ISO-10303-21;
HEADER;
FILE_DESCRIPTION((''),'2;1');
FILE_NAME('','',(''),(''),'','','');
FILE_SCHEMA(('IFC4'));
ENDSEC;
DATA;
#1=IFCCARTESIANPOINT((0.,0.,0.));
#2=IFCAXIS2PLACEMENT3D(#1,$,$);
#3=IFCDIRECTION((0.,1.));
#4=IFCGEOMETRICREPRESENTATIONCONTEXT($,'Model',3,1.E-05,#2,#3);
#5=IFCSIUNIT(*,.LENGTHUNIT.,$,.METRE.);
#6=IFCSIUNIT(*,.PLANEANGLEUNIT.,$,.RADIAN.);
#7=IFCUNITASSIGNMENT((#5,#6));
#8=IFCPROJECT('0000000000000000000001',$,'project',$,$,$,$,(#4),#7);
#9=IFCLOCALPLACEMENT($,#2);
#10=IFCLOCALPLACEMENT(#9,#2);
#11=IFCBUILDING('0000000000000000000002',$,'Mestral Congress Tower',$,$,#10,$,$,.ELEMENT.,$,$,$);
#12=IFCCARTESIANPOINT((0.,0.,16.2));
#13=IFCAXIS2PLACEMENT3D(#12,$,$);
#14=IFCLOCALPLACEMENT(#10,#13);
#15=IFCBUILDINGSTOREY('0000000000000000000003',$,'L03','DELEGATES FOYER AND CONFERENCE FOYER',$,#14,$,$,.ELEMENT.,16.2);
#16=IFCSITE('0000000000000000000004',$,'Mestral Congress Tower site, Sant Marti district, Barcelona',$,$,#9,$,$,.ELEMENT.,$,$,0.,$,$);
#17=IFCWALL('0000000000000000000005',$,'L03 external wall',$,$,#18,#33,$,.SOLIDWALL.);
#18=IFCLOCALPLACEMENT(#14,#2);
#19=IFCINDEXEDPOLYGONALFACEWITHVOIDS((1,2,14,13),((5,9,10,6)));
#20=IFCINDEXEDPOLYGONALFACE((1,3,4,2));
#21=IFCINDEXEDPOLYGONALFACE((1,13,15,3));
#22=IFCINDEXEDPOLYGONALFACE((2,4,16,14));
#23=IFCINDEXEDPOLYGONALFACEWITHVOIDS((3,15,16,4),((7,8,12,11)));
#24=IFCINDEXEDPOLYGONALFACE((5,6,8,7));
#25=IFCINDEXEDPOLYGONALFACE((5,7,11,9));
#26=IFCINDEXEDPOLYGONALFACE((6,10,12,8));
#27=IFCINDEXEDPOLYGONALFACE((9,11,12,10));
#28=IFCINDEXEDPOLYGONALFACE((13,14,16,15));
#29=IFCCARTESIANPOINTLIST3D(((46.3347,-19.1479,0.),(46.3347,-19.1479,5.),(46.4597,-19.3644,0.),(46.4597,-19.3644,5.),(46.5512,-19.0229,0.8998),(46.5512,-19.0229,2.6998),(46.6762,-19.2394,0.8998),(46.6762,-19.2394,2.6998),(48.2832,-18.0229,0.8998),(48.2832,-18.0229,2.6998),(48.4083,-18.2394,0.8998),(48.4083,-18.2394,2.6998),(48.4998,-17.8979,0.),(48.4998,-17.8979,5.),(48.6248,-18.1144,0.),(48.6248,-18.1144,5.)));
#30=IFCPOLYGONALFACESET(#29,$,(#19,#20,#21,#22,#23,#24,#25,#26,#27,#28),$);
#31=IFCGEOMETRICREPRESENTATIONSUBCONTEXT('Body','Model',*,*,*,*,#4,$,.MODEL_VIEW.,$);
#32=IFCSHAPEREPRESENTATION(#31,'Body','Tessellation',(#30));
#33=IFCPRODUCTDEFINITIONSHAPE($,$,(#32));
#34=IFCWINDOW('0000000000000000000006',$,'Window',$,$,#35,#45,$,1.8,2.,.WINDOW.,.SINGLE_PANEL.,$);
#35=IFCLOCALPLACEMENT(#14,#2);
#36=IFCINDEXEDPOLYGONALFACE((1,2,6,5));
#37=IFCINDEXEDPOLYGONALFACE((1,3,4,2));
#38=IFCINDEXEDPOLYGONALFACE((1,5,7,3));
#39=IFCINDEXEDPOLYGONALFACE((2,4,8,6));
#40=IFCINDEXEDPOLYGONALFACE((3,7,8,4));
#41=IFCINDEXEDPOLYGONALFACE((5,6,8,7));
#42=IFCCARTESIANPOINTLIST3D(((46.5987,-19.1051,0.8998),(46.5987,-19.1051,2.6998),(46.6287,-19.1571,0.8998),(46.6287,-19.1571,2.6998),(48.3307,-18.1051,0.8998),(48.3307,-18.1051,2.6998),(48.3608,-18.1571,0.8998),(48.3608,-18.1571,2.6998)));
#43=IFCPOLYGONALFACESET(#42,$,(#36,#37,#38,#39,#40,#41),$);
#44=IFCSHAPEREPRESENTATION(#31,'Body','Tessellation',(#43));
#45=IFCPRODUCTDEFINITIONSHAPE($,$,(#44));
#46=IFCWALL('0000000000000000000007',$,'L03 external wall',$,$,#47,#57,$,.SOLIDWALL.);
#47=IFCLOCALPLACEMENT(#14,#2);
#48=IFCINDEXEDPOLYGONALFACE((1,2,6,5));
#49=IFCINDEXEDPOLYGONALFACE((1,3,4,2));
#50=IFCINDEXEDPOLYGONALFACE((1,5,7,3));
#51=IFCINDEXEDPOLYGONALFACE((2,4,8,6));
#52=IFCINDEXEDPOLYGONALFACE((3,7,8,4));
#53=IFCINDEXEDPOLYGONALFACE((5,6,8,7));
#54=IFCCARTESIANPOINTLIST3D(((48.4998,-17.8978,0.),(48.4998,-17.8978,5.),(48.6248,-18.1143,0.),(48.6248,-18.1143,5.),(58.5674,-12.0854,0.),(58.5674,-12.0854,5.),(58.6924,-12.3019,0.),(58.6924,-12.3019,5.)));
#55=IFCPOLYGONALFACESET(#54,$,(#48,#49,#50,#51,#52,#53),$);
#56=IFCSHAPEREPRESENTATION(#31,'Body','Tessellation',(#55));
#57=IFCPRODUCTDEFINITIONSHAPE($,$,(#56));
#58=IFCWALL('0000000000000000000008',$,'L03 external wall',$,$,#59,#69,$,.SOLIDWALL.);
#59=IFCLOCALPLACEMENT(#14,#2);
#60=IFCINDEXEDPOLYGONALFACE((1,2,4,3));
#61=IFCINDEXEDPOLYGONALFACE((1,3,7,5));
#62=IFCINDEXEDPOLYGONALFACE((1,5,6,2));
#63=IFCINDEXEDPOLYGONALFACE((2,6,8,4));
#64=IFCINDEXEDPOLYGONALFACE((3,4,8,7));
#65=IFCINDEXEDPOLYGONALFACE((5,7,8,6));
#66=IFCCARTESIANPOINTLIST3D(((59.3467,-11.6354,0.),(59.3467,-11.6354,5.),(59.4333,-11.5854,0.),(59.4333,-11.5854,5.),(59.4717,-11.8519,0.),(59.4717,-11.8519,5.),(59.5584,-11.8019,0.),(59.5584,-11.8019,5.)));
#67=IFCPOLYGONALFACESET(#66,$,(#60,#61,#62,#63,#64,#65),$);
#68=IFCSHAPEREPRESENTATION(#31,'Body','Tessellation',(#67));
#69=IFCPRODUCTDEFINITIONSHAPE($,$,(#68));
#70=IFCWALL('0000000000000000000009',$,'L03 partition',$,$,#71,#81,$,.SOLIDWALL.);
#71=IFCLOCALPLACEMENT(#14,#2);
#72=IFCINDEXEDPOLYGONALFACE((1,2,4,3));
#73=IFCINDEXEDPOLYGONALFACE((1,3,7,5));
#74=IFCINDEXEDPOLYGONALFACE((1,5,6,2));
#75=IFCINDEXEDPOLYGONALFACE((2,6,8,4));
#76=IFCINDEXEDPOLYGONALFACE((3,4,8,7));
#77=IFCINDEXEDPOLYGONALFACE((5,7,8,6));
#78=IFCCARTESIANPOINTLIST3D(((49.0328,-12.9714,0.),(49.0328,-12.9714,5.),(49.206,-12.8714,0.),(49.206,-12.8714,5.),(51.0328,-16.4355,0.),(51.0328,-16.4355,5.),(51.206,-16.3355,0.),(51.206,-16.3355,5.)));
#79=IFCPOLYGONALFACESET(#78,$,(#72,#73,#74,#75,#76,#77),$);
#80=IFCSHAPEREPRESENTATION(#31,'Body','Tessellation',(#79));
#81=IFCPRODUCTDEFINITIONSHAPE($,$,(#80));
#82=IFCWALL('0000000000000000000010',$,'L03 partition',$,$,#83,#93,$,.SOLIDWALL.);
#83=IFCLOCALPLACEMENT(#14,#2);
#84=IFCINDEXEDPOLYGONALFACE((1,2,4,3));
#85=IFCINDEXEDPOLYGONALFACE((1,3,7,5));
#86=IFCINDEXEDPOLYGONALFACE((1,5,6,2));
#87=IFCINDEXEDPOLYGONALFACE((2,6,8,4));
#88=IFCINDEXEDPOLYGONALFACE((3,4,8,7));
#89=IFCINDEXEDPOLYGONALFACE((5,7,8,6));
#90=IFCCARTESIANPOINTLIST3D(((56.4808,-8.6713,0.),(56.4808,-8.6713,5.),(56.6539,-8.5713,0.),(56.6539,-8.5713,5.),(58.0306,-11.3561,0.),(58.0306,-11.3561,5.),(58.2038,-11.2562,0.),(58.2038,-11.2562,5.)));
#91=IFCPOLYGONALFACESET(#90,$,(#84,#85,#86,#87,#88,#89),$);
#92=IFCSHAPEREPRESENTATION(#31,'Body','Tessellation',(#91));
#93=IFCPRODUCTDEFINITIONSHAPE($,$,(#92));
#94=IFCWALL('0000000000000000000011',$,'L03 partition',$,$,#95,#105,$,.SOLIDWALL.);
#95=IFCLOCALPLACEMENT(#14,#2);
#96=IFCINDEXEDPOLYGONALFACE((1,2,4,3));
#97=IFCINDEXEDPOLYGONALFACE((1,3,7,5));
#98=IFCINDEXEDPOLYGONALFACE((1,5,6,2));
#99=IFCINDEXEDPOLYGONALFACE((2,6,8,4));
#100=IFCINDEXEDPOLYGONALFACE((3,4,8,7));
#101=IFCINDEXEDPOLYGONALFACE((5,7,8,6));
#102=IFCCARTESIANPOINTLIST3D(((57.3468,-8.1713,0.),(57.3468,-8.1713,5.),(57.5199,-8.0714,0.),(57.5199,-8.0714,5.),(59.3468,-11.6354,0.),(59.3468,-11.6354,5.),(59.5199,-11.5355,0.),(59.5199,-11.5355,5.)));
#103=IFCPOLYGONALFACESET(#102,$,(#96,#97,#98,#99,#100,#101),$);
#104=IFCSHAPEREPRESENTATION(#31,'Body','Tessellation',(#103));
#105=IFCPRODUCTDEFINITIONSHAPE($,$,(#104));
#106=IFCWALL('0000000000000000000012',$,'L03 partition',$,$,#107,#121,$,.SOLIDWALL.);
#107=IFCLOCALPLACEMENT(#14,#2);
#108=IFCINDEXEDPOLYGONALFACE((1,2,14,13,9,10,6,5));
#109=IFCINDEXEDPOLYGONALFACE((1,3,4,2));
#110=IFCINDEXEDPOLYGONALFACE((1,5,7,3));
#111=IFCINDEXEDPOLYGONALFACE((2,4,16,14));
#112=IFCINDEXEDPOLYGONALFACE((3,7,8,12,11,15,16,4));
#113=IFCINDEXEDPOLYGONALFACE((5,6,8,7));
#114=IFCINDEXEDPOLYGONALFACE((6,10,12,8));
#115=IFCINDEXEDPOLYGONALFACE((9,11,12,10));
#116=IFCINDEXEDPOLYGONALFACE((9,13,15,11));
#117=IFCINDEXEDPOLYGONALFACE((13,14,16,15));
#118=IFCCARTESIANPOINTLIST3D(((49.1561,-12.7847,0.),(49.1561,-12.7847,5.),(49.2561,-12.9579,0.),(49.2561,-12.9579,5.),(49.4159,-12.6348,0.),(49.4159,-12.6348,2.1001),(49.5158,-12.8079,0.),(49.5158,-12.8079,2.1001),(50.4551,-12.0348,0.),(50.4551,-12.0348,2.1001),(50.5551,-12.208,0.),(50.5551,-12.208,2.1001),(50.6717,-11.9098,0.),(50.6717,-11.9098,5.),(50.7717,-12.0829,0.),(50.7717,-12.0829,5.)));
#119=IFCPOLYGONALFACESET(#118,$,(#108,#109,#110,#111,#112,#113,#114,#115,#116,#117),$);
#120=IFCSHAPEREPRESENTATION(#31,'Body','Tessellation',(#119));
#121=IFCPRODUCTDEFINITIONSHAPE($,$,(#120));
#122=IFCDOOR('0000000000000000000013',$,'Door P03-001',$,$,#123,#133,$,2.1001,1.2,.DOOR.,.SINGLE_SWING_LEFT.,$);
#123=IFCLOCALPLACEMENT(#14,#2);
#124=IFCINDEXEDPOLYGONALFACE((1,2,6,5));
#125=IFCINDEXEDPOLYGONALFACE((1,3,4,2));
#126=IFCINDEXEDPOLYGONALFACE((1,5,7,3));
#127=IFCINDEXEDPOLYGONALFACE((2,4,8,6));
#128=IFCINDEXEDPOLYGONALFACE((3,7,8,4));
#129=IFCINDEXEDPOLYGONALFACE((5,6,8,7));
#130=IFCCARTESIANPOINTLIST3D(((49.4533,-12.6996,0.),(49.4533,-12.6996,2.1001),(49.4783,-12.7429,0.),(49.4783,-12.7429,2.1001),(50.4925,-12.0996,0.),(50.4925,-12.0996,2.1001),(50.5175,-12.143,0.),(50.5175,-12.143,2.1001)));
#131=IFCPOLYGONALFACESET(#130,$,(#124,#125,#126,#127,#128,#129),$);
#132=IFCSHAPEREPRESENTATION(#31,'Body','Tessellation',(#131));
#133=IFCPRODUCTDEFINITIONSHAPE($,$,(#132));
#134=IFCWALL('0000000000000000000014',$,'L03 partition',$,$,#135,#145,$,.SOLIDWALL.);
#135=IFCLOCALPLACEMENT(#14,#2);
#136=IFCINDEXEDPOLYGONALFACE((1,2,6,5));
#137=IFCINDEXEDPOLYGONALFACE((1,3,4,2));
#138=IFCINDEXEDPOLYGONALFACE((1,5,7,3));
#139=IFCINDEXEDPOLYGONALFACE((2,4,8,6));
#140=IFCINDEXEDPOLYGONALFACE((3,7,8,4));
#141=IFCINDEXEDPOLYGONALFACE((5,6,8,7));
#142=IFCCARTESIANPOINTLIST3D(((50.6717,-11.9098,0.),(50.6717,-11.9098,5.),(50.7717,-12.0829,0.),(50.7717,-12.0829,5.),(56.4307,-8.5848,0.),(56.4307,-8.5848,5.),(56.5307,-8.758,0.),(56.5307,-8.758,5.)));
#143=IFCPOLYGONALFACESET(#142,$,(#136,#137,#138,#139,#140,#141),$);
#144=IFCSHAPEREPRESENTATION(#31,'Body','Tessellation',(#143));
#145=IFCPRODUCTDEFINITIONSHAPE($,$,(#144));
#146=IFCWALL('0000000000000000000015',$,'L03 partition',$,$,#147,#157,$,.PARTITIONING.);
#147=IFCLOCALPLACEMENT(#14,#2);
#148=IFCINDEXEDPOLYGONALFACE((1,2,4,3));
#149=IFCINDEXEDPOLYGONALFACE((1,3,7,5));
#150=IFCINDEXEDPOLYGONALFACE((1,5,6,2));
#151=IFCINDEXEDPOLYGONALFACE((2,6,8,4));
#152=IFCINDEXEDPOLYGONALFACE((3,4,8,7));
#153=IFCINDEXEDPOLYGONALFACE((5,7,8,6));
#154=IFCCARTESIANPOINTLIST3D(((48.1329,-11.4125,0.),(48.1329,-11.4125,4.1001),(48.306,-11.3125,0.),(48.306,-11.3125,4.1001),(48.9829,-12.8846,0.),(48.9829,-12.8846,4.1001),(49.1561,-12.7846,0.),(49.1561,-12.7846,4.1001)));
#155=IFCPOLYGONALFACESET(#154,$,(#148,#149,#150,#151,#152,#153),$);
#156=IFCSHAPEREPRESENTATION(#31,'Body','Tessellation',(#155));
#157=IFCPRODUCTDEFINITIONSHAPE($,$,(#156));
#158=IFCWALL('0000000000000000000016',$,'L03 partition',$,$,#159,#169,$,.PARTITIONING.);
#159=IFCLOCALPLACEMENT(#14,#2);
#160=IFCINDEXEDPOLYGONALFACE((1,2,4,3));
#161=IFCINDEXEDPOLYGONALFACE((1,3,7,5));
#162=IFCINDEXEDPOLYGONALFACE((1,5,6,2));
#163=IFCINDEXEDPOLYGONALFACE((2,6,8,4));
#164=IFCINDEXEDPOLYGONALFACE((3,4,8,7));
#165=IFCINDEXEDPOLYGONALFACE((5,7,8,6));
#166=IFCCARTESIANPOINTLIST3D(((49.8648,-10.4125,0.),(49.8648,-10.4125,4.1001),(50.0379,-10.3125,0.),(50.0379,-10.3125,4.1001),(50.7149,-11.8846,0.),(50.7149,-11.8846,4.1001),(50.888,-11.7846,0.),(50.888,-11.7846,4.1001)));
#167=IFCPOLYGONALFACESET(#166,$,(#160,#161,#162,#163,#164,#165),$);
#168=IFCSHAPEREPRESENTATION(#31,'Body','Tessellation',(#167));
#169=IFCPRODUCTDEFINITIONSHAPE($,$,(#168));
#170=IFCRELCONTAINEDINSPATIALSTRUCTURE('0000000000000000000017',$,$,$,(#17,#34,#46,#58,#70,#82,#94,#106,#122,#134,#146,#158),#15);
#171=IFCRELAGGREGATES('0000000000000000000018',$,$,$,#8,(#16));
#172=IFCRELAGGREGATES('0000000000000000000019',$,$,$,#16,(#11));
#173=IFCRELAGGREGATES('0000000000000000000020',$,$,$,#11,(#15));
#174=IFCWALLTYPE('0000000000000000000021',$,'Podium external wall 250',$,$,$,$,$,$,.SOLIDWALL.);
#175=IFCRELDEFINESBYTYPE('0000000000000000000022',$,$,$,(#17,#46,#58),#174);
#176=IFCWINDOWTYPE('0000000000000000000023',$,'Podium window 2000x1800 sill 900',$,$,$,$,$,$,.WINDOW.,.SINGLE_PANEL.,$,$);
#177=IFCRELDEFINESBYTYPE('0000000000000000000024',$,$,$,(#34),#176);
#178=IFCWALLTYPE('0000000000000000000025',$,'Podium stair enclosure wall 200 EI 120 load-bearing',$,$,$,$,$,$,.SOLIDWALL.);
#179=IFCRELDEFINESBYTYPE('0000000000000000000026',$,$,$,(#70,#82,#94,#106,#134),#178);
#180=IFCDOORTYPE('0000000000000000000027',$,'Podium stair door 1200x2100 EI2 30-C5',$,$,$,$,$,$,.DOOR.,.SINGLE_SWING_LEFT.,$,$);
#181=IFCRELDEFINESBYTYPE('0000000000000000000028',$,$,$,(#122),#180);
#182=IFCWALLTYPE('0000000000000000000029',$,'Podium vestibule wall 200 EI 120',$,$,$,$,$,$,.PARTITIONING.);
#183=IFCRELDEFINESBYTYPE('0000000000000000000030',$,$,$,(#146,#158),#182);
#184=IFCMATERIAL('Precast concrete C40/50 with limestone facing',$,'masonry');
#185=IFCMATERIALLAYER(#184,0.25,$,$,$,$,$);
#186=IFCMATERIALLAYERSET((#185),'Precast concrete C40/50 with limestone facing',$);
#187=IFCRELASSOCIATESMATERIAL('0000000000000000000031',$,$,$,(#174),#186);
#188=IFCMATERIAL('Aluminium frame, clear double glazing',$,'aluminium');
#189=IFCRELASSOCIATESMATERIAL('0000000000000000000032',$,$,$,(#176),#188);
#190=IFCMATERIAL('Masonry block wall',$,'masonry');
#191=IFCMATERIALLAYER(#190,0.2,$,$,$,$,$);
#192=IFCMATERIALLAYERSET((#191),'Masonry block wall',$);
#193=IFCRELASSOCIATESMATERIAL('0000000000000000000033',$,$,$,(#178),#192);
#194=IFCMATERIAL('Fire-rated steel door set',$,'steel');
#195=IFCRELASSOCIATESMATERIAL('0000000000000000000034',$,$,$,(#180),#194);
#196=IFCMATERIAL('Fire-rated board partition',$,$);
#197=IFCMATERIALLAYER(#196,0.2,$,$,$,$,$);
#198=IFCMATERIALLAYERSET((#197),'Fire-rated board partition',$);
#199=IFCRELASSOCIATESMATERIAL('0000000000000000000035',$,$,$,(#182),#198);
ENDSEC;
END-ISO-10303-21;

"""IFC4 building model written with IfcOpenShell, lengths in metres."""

from ifc_helpers import new_model, si_unit, direction, frame, frame_2d, origin, place, context, subcontext, project, spatial, rectangle, extrude, material, layer, layer_set, type_object, element, fill, save


model = new_model("IFC4")

# Units and contexts
model_context = context("Model", 3, precision=1e-05, world=origin(), true_north=direction((0.0, 1.0)))
body_context = subcontext(model_context, "Body", "Model", "MODEL_VIEW")
ifc_project = project(units=[si_unit("LENGTHUNIT", "METRE"), si_unit("PLANEANGLEUNIT", "RADIAN")], contexts=[model_context])

# Site, building, storey
site_placement = place(None, origin())
site = spatial("IfcSite", under=ifc_project, at=site_placement, Name="Mestral Congress Tower site, Sant Marti district, Barcelona", CompositionType="ELEMENT", RefElevation=0.0)
building_placement = place(site_placement, origin())
building = spatial("IfcBuilding", under=site, at=building_placement, Name="Mestral Congress Tower", CompositionType="ELEMENT")
storey_placement = place(building_placement, frame((0.0, 0.0, 16.2)))
storey = spatial("IfcBuildingStorey", under=building, at=storey_placement, Name="L03", Description="DELEGATES FOYER AND CONFERENCE FOYER", CompositionType="ELEMENT", Elevation=16.2)

# Wall, opening, window
ifc_material_1 = material(Name="Precast concrete C40/50 with limestone facing", Category="masonry")
ifc_layer_1 = layer(ifc_material_1, 0.25)
ifc_layer_set_1 = layer_set([ifc_layer_1], Name="Precast concrete C40/50 with limestone facing")
wall_type_1 = type_object("IfcWallType", Name="Podium external wall 250", PredefinedType="SOLIDWALL", material=ifc_layer_set_1)
wall_1_placement = place(storey_placement, frame((48.5623, -18.0061, 0.0), z_axis=(0.0, 0.0, 1.0), x_axis=(-0.866023, -0.500004, 0.0)))
wall_1 = element("IfcWall", 1, at=wall_1_placement, inside=storey, type_object=wall_type_1, Name="L03 external wall", PredefinedType="SOLIDWALL", context=body_context, shape_type="SweptSolid", body=[
    extrude(rectangle(XDim=2.5, YDim=0.25, at=frame_2d((1.25, 0.0))), origin(), (0.0, 0.0, 1.0), 5.0),
])
opening_1_placement = place(wall_1_placement, frame((0.25, 0.0, 0.8999)))
opening_1 = element("IfcOpeningElement", 2, at=opening_1_placement, cuts=wall_1, PredefinedType="OPENING", context=body_context, shape_type="SweptSolid", body=[
    extrude(rectangle(XDim=2.0, YDim=1.8, at=frame_2d((1.0, 0.8999))), frame((0.0, 0.135, 0.0), z_axis=(0.0, -1.0, 0.0), x_axis=(1.0, 0.0, 0.0)), (0.0, 0.0, 1.0), 0.27),
])
ifc_material_2 = material(Name="Aluminium frame, clear double glazing", Category="aluminium")
window_type = type_object("IfcWindowType", Name="Podium window 2000x1800 sill 900", PartitioningType="SINGLE_PANEL", PredefinedType="WINDOW", material=ifc_material_2)
window_placement = place(opening_1_placement, origin())
window = element("IfcWindow", 3, at=window_placement, inside=storey, type_object=window_type, Name="Window", OverallHeight=1.8, OverallWidth=2.0, PartitioningType="SINGLE_PANEL", PredefinedType="WINDOW", context=body_context, shape_type="SweptSolid", body=[
    extrude(rectangle(XDim=2.0, YDim=1.8, at=frame_2d((1.0, 0.8999))), frame((0.0, 0.03, 0.0), z_axis=(0.0, -1.0, 0.0), x_axis=(1.0, 0.0, 0.0)), (0.0, 0.0, 1.0), 0.0601),
])
fill(opening_1, window)

# Walls
wall_2_placement = place(storey_placement, frame((58.6299, -12.1936, 0.0), z_axis=(0.0, 0.0, 1.0), x_axis=(-0.866027, -0.499997, 0.0)))
element("IfcWall", 4, at=wall_2_placement, inside=storey, type_object=wall_type_1, Name="L03 external wall", PredefinedType="SOLIDWALL", context=body_context, shape_type="SweptSolid", body=[
    extrude(rectangle(XDim=11.625, YDim=0.25, at=frame_2d((5.8125, 0.0))), origin(), (0.0, 0.0, 1.0), 5.0),
])
wall_3_placement = place(storey_placement, frame((59.4958, -11.6936, 0.0), z_axis=(0.0, 0.0, 1.0), x_axis=(-0.865982, -0.500074, 0.0)))
element("IfcWall", 5, at=wall_3_placement, inside=storey, type_object=wall_type_1, Name="L03 external wall", PredefinedType="SOLIDWALL", context=body_context, shape_type="SweptSolid", body=[
    extrude(rectangle(XDim=0.1001, YDim=0.25, at=frame_2d((0.05, 0.0))), origin(), (0.0, 0.0, 1.0), 5.0),
])
ifc_material_3 = material(Name="Masonry block wall", Category="masonry")
ifc_layer_2 = layer(ifc_material_3, 0.2)
ifc_layer_set_2 = layer_set([ifc_layer_2], Name="Masonry block wall")
wall_type_2 = type_object("IfcWallType", Name="Podium stair enclosure wall 200 EI 120 load-bearing", PredefinedType="SOLIDWALL", material=ifc_layer_set_2)
wall_4_placement = place(storey_placement, frame((51.1194, -16.3855, 0.0), z_axis=(0.0, 0.0, 1.0), x_axis=(-0.499999, 0.866026, 0.0)))
element("IfcWall", 6, at=wall_4_placement, inside=storey, type_object=wall_type_2, Name="L03 partition", PredefinedType="SOLIDWALL", context=body_context, shape_type="SweptSolid", body=[
    extrude(rectangle(XDim=4.0, YDim=0.2, at=frame_2d((2.0, 0.0))), origin(), (0.0, 0.0, 1.0), 5.0),
])
wall_5_placement = place(storey_placement, frame((58.1172, -11.3062, 0.0), z_axis=(0.0, 0.0, 1.0), x_axis=(-0.499934, 0.866064, 0.0)))
element("IfcWall", 7, at=wall_5_placement, inside=storey, type_object=wall_type_2, Name="L03 partition", PredefinedType="SOLIDWALL", context=body_context, shape_type="SweptSolid", body=[
    extrude(rectangle(XDim=3.1001, YDim=0.2, at=frame_2d((1.55, 0.0))), origin(), (0.0, 0.0, 1.0), 5.0),
])
wall_6_placement = place(storey_placement, frame((59.4333, -11.5854, 0.0), z_axis=(0.0, 0.0, 1.0), x_axis=(-0.499999, 0.866026, 0.0)))
element("IfcWall", 8, at=wall_6_placement, inside=storey, type_object=wall_type_2, Name="L03 partition", PredefinedType="SOLIDWALL", context=body_context, shape_type="SweptSolid", body=[
    extrude(rectangle(XDim=4.0, YDim=0.2, at=frame_2d((2.0, 0.0))), origin(), (0.0, 0.0, 1.0), 5.0),
])

# Wall, opening, door
wall_7_placement = place(storey_placement, frame((50.7217, -11.9963, 0.0), z_axis=(0.0, 0.0, 1.0), x_axis=(-0.866037, -0.49998, 0.0)))
wall_7 = element("IfcWall", 9, at=wall_7_placement, inside=storey, type_object=wall_type_2, Name="L03 partition", PredefinedType="SOLIDWALL", context=body_context, shape_type="SweptSolid", body=[
    extrude(rectangle(XDim=1.75, YDim=0.2, at=frame_2d((0.875, 0.0))), origin(), (0.0, 0.0, 1.0), 5.0),
])
opening_2_placement = place(wall_7_placement, frame((0.25, 0.0, 0.0)))
opening_2 = element("IfcOpeningElement", 10, at=opening_2_placement, cuts=wall_7, PredefinedType="OPENING", context=body_context, shape_type="SweptSolid", body=[
    extrude(rectangle(XDim=1.2, YDim=2.1001, at=frame_2d((0.6001, 1.05))), frame((0.0, 0.1099, 0.0), z_axis=(0.0, -1.0, 0.0), x_axis=(1.0, 0.0, 0.0)), (0.0, 0.0, 1.0), 0.22),
])
ifc_material_4 = material(Name="Fire-rated steel door set", Category="steel")
door_type_1 = type_object("IfcDoorType", Name="Podium stair door 1200x2100 EI2 30-C5", OperationType="SINGLE_SWING_LEFT", PredefinedType="DOOR", material=ifc_material_4)
door_1_placement = place(opening_2_placement, origin())
door_1 = element("IfcDoor", 11, at=door_1_placement, inside=storey, type_object=door_type_1, Name="Door P03-001", OperationType="SINGLE_SWING_LEFT", OverallHeight=2.1001, OverallWidth=1.2, PredefinedType="DOOR", context=body_context, shape_type="SweptSolid", body=[
    extrude(rectangle(XDim=1.2, YDim=2.1001, at=frame_2d((0.6001, 1.05))), frame((0.0, 0.0249, 0.0), z_axis=(0.0, -1.0, 0.0), x_axis=(1.0, 0.0, 0.0)), (0.0, 0.0, 1.0), 0.05),
])
fill(opening_2, door_1)

# Walls
wall_8_placement = place(storey_placement, frame((50.7217, -11.9963, 0.0), z_axis=(0.0, 0.0, 1.0), x_axis=(0.866027, 0.499997, 0.0)))
element("IfcWall", 12, at=wall_8_placement, inside=storey, type_object=wall_type_2, Name="L03 partition", PredefinedType="SOLIDWALL", context=body_context, shape_type="SweptSolid", body=[
    extrude(rectangle(XDim=6.6499, YDim=0.2, at=frame_2d((3.325, 0.0))), origin(), (0.0, 0.0, 1.0), 5.0),
])
ifc_material_5 = material(Name="Fire-rated board partition")
ifc_layer_3 = layer(ifc_material_5, 0.2)
ifc_layer_set_3 = layer_set([ifc_layer_3], Name="Fire-rated board partition")
wall_type_3 = type_object("IfcWallType", Name="Podium vestibule wall 200 EI 120", PredefinedType="PARTITIONING", material=ifc_layer_set_3)
for number, where, z_axis, x_axis, name in (
    (13, (49.0696, -12.8347, 0.0), (0.0, 0.0, 1.0), (-0.500062, 0.865989, 0.0), "L03 partition"),
    (14, (50.8015, -11.8347, 0.0), (0.0, 0.0, 1.0), (-0.500062, 0.865989, 0.0), "L03 partition"),
):
    element("IfcWall", number, at=place(storey_placement, frame(where, z_axis=z_axis, x_axis=x_axis)), inside=storey, type_object=wall_type_3, Name=name, PredefinedType="PARTITIONING", context=body_context, shape_type="SweptSolid", body=[
        extrude(rectangle(XDim=1.7, YDim=0.2, at=frame_2d((0.8501, 0.0))), origin(), (0.0, 0.0, 1.0), 4.1001),
    ])

save(model, "model.ifc")
